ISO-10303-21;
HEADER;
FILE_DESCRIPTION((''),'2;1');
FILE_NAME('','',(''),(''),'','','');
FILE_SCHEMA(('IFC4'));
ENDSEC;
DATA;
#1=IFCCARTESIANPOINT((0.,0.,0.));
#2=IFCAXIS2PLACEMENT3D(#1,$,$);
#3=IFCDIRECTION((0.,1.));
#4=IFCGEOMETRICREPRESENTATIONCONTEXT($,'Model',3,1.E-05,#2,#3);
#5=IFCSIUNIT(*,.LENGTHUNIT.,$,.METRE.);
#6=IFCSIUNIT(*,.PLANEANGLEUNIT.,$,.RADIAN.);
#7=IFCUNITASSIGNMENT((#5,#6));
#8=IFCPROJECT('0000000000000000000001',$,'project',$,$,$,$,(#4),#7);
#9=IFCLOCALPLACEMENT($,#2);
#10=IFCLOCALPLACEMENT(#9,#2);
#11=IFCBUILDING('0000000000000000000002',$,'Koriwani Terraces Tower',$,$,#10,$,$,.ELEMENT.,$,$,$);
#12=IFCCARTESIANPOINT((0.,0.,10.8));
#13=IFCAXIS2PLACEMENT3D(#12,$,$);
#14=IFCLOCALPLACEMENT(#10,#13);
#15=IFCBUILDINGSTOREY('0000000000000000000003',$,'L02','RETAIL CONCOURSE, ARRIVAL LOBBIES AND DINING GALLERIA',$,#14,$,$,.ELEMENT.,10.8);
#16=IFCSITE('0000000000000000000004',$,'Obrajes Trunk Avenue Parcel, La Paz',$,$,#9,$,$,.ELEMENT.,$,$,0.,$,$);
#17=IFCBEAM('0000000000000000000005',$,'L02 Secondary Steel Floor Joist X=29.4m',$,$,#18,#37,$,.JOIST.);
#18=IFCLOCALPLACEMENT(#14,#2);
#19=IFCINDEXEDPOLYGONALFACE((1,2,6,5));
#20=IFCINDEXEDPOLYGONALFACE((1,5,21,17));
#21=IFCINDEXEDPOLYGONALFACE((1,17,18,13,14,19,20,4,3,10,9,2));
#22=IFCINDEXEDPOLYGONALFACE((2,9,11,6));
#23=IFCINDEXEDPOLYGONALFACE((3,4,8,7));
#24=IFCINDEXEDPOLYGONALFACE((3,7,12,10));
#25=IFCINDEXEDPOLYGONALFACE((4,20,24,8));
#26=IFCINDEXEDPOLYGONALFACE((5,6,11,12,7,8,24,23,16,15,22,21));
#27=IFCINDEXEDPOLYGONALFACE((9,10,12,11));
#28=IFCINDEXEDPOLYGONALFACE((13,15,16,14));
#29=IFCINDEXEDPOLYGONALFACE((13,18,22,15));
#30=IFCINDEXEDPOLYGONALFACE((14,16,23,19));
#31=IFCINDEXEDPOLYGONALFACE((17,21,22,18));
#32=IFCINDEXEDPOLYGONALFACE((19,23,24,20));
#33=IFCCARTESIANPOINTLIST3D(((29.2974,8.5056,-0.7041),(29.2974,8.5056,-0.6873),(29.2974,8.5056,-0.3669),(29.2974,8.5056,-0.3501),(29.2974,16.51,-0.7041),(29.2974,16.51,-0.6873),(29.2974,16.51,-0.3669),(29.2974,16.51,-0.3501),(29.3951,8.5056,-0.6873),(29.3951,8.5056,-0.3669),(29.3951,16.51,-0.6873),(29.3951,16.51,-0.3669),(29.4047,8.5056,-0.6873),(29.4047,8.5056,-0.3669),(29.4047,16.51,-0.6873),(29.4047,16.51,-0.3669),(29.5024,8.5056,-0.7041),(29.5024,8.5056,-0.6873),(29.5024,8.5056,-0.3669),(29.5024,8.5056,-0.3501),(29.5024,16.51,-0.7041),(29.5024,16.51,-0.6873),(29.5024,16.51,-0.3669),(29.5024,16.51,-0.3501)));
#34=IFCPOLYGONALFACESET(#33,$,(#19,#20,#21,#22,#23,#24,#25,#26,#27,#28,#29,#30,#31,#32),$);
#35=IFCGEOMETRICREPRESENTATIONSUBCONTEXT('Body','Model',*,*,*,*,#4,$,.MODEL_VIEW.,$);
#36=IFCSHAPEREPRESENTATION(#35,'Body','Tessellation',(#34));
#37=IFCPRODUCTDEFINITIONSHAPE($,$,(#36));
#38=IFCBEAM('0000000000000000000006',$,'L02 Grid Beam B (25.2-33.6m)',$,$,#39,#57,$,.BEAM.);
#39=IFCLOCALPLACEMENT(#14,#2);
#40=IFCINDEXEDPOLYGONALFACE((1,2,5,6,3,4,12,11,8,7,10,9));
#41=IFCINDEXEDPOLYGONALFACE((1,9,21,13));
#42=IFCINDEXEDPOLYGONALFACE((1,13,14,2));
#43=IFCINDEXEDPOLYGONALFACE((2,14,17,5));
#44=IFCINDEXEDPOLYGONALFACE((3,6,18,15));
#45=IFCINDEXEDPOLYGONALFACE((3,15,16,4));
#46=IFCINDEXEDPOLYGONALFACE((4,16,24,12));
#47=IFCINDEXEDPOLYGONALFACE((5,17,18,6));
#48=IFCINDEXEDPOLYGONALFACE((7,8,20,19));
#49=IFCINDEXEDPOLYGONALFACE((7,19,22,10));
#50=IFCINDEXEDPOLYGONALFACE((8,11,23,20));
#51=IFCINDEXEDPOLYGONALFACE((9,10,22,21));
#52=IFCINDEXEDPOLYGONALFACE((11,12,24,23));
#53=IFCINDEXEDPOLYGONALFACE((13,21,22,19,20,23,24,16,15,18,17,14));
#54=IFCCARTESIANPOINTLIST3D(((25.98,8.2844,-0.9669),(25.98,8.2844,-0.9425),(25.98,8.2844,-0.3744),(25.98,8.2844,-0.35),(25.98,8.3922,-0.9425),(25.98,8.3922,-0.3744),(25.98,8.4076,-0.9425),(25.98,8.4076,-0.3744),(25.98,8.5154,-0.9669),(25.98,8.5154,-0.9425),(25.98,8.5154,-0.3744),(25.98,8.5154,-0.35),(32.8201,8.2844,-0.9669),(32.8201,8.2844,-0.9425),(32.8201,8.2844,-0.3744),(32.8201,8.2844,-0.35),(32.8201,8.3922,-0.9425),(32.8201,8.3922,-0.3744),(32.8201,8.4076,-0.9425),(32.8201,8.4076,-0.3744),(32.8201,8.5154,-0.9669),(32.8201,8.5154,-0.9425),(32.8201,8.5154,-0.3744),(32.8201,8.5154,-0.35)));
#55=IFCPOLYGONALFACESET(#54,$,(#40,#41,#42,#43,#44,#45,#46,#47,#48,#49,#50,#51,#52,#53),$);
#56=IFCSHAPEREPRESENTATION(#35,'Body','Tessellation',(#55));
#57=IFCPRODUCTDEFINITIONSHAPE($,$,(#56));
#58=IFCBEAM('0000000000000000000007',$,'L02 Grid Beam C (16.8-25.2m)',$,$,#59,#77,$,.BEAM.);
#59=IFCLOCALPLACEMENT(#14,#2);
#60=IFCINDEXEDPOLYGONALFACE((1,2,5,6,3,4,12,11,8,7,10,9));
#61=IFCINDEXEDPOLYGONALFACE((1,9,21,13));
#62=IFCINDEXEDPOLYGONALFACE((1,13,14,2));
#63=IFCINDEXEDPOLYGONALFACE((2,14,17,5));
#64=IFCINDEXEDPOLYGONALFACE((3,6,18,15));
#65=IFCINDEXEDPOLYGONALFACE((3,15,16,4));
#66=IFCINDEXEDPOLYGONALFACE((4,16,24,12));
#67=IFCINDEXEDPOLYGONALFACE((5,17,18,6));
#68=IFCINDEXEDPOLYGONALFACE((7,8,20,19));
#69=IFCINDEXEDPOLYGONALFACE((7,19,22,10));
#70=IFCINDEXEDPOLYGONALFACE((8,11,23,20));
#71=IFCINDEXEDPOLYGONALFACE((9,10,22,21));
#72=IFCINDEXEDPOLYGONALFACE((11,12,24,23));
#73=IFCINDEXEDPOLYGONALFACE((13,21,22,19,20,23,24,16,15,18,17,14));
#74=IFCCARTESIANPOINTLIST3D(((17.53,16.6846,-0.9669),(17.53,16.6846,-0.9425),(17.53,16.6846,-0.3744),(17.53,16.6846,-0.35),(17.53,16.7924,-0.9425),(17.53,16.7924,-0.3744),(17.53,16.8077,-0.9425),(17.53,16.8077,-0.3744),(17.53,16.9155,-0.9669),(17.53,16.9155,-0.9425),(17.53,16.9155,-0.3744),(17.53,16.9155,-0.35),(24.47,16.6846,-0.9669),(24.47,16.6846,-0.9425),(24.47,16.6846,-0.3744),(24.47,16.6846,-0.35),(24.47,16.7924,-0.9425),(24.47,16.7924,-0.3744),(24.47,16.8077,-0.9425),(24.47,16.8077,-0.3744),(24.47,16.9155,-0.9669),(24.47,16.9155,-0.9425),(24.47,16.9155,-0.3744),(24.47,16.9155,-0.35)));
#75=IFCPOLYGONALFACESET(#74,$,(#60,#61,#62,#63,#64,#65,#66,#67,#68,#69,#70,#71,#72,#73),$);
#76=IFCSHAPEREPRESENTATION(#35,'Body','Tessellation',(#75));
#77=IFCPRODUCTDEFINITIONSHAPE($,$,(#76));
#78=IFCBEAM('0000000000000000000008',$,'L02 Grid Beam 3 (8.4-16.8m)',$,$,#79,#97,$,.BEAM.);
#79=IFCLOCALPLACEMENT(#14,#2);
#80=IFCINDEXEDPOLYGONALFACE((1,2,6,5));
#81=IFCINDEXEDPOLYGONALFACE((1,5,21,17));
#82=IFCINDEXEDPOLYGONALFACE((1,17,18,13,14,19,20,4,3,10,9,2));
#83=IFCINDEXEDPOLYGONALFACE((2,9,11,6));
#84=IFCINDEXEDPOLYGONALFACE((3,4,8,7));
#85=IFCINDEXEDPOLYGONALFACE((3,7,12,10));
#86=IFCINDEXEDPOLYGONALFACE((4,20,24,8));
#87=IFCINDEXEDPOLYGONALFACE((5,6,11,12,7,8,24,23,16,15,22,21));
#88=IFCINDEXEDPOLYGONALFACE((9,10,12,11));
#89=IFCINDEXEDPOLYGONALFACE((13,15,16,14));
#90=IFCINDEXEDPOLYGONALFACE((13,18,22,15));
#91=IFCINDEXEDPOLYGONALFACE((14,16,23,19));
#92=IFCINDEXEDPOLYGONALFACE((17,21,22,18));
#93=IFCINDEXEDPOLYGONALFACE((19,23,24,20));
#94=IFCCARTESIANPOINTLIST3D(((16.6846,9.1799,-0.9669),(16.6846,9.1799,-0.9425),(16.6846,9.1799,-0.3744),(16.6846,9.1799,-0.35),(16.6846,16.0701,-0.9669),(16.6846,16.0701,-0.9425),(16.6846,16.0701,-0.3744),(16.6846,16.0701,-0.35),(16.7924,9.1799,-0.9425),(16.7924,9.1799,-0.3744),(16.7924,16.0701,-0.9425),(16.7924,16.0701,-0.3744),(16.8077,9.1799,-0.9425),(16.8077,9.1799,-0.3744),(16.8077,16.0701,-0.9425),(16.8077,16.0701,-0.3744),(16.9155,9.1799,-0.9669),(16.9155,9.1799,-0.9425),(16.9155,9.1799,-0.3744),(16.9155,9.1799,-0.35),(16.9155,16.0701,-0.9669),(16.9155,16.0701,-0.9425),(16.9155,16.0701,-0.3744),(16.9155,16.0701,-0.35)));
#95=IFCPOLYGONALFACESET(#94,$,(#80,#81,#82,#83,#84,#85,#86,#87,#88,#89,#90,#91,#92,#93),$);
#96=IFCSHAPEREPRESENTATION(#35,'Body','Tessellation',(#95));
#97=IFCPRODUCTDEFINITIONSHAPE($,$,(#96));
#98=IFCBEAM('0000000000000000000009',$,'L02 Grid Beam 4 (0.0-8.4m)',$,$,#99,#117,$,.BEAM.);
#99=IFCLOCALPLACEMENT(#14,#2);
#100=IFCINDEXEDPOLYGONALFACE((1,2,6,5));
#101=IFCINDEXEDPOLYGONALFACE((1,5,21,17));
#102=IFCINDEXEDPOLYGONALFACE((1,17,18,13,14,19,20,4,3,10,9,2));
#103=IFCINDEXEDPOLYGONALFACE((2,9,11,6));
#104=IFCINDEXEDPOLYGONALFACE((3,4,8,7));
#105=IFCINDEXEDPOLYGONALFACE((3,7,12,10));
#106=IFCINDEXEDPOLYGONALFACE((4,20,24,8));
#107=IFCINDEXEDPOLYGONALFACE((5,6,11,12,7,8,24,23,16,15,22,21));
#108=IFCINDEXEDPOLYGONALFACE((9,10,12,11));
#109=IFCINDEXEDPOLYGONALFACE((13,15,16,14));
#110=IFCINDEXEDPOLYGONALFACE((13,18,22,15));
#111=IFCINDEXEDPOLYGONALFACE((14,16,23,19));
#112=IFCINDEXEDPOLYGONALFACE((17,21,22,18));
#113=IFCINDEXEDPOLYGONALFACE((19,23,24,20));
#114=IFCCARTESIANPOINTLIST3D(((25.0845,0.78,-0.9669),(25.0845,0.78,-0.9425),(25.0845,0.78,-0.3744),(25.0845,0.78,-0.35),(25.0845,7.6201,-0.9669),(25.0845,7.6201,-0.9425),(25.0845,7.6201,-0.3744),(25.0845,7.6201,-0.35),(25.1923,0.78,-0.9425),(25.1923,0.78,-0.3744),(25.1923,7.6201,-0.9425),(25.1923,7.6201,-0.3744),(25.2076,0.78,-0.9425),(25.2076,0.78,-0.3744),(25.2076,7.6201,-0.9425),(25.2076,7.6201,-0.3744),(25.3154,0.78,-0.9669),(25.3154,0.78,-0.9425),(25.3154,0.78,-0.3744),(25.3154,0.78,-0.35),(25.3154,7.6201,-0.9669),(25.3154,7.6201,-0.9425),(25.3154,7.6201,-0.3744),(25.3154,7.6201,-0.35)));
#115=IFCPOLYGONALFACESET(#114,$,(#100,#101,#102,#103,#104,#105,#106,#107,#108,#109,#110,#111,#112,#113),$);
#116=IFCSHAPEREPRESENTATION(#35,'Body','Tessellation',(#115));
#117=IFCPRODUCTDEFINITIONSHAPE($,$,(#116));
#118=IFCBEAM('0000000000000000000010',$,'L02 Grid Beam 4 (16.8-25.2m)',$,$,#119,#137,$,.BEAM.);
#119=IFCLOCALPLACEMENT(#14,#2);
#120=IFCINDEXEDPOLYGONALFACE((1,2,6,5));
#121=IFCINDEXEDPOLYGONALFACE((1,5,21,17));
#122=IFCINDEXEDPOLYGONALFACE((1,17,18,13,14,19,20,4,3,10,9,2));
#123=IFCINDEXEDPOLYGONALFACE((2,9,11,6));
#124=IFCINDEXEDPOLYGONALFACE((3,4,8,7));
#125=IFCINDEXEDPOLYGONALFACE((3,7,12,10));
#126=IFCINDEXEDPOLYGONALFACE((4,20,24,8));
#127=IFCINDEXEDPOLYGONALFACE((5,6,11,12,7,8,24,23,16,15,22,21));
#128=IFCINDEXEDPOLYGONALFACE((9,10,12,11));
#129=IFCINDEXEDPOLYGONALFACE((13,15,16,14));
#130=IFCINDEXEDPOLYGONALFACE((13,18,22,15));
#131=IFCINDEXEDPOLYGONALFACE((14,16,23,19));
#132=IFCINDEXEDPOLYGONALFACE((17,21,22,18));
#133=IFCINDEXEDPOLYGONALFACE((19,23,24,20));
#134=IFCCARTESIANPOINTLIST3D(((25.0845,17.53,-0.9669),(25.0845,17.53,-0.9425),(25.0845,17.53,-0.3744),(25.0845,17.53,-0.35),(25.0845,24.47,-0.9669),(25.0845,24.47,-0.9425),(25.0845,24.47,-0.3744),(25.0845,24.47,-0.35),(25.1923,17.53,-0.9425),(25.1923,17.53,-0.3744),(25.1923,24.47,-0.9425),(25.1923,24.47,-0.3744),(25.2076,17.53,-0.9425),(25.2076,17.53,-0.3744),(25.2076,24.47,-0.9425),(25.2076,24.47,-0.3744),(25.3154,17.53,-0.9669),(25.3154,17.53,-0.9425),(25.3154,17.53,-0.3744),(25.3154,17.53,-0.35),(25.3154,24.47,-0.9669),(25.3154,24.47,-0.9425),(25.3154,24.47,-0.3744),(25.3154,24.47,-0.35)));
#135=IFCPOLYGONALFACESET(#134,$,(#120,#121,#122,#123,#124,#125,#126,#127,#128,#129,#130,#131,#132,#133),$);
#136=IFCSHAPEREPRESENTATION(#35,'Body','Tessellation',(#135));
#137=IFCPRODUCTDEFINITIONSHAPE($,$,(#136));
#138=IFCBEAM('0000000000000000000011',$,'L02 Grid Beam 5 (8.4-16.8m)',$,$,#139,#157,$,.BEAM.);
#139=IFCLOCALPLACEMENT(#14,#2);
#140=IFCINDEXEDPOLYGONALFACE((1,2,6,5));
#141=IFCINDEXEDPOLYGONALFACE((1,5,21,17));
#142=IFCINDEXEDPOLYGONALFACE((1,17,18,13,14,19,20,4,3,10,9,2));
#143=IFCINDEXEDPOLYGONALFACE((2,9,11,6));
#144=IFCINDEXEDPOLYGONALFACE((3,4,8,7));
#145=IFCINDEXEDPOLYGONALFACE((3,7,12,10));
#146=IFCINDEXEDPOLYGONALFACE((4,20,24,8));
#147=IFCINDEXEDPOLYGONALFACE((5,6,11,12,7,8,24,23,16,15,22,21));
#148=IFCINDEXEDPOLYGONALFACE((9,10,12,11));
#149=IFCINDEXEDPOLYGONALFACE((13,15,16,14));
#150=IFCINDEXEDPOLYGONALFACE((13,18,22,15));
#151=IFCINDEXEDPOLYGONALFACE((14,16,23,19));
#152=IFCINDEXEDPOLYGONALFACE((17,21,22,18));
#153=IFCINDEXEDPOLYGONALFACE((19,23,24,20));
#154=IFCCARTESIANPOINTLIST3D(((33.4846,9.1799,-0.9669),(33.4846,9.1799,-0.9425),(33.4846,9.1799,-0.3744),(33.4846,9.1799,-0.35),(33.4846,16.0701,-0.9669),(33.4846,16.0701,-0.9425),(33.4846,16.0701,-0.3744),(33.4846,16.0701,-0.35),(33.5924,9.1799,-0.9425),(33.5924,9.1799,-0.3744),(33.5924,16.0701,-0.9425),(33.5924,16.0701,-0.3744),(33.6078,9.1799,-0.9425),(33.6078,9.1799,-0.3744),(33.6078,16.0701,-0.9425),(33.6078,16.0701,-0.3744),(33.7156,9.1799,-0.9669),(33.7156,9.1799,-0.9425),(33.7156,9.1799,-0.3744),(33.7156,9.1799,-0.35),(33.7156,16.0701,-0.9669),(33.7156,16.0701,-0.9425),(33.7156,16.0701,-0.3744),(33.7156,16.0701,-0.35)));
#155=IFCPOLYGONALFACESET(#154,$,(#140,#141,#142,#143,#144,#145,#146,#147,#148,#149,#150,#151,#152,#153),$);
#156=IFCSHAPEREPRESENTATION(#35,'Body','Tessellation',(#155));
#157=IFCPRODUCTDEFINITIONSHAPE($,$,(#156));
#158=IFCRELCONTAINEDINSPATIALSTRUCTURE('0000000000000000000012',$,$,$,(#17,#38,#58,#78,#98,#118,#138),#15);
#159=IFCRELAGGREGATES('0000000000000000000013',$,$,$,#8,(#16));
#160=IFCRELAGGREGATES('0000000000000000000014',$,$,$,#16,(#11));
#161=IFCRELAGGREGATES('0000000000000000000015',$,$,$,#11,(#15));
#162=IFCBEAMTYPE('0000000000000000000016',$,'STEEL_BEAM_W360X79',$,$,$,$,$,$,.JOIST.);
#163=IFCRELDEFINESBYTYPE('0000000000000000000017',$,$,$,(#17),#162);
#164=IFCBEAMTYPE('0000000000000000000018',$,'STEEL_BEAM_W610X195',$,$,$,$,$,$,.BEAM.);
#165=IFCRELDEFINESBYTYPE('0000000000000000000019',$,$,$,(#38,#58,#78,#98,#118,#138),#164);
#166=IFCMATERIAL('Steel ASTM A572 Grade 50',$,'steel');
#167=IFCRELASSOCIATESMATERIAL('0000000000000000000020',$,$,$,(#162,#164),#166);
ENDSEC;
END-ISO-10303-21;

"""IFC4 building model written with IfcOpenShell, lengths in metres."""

from ifc_helpers import new_model, si_unit, direction, frame, origin, origin_2d, place, context, subcontext, project, spatial, i_section, extrude, material, material_profile, profile_set, type_object, element, save


model = new_model("IFC4")

# Units and contexts
model_context = context("Model", 3, precision=1e-05, world=origin(), true_north=direction((0.0, 1.0)))
body_context = subcontext(model_context, "Body", "Model", "MODEL_VIEW")
ifc_project = project(units=[si_unit("LENGTHUNIT", "METRE"), si_unit("PLANEANGLEUNIT", "RADIAN")], contexts=[model_context])

# Site, building, storey
site_placement = place(None, origin())
site = spatial("IfcSite", under=ifc_project, at=site_placement, Name="Obrajes Trunk Avenue Parcel, La Paz", CompositionType="ELEMENT", RefElevation=0.0)
building_placement = place(site_placement, origin())
building = spatial("IfcBuilding", under=site, at=building_placement, Name="Koriwani Terraces Tower", CompositionType="ELEMENT")
storey_placement = place(building_placement, frame((0.0, 0.0, 10.8)))
storey = spatial("IfcBuildingStorey", under=building, at=storey_placement, Name="L02", Description="RETAIL CONCOURSE, ARRIVAL LOBBIES AND DINING GALLERIA", CompositionType="ELEMENT", Elevation=10.8)

# Beams
ifc_material_1 = material(Name="Steel ASTM A572 Grade 50", Category="steel")
ifc_material_profile_1 = material_profile(ifc_material_1, i_section(OverallWidth=0.2051, OverallDepth=0.354, WebThickness=0.0095, FlangeThickness=0.0168, at=origin_2d()), Name="Steel ASTM A572 Grade 50", Category="LoadBearing")
ifc_profile_set_1 = profile_set([ifc_material_profile_1], Name="Steel ASTM A572 Grade 50")
beam_type_1 = type_object("IfcBeamType", Name="STEEL_BEAM_W360X79", PredefinedType="JOIST", material=ifc_profile_set_1)
for number, where, z_axis, x_axis, name in (
    (1, (29.3999, 8.5056, -0.5271), (0.0, 1.0, 0.0), (-1.0, 0.0, 0.0), "L02 Secondary Steel Floor Joist X=29.4m"),
):
    element("IfcBeam", number, at=place(storey_placement, frame(where, z_axis=z_axis, x_axis=x_axis)), inside=storey, type_object=beam_type_1, Name=name, PredefinedType="JOIST", context=body_context, shape_type="SweptSolid", body=[
        extrude(i_section(OverallWidth=0.2051, OverallDepth=0.354, WebThickness=0.0095, FlangeThickness=0.0168, at=origin_2d()), origin(), (0.0, 0.0, 1.0), 8.0044),
    ])
ifc_material_profile_2 = material_profile(ifc_material_1, i_section(OverallWidth=0.231, OverallDepth=0.6169, WebThickness=0.0154, FlangeThickness=0.0244, at=origin_2d()), Name="Steel ASTM A572 Grade 50", Category="LoadBearing")
ifc_profile_set_2 = profile_set([ifc_material_profile_2], Name="Steel ASTM A572 Grade 50")
beam_type_2 = type_object("IfcBeamType", Name="STEEL_BEAM_W610X195", PredefinedType="BEAM", material=ifc_profile_set_2)
beam_1_placement = place(storey_placement, frame((25.98, 8.3999, -0.6584), z_axis=(1.0, 0.0, 0.0), x_axis=(0.0, 1.0, 0.0)))
element("IfcBeam", 2, at=beam_1_placement, inside=storey, type_object=beam_type_2, Name="L02 Grid Beam B (25.2-33.6m)", PredefinedType="BEAM", context=body_context, shape_type="SweptSolid", body=[
    extrude(i_section(OverallWidth=0.231, OverallDepth=0.6169, WebThickness=0.0154, FlangeThickness=0.0244, at=origin_2d()), origin(), (0.0, 0.0, 1.0), 6.8401),
])
beam_2_placement = place(storey_placement, frame((17.53, 16.8, -0.6584), z_axis=(1.0, 0.0, 0.0), x_axis=(0.0, 1.0, 0.0)))
element("IfcBeam", 3, at=beam_2_placement, inside=storey, type_object=beam_type_2, Name="L02 Grid Beam C (16.8-25.2m)", PredefinedType="BEAM", context=body_context, shape_type="SweptSolid", body=[
    extrude(i_section(OverallWidth=0.231, OverallDepth=0.6169, WebThickness=0.0154, FlangeThickness=0.0244, at=origin_2d()), origin(), (0.0, 0.0, 1.0), 6.9399),
])
beam_3_placement = place(storey_placement, frame((16.8, 9.1799, -0.6584), z_axis=(0.0, 1.0, 0.0), x_axis=(-1.0, 0.0, 0.0)))
element("IfcBeam", 4, at=beam_3_placement, inside=storey, type_object=beam_type_2, Name="L02 Grid Beam 3 (8.4-16.8m)", PredefinedType="BEAM", context=body_context, shape_type="SweptSolid", body=[
    extrude(i_section(OverallWidth=0.231, OverallDepth=0.6169, WebThickness=0.0154, FlangeThickness=0.0244, at=origin_2d()), origin(), (0.0, 0.0, 1.0), 6.8901),
])
beam_4_placement = place(storey_placement, frame((25.2, 0.78, -0.6584), z_axis=(0.0, 1.0, 0.0), x_axis=(-1.0, 0.0, 0.0)))
element("IfcBeam", 5, at=beam_4_placement, inside=storey, type_object=beam_type_2, Name="L02 Grid Beam 4 (0.0-8.4m)", PredefinedType="BEAM", context=body_context, shape_type="SweptSolid", body=[
    extrude(i_section(OverallWidth=0.231, OverallDepth=0.6169, WebThickness=0.0154, FlangeThickness=0.0244, at=origin_2d()), origin(), (0.0, 0.0, 1.0), 6.8401),
])
beam_5_placement = place(storey_placement, frame((25.2, 17.53, -0.6584), z_axis=(0.0, 1.0, 0.0), x_axis=(-1.0, 0.0, 0.0)))
element("IfcBeam", 6, at=beam_5_placement, inside=storey, type_object=beam_type_2, Name="L02 Grid Beam 4 (16.8-25.2m)", PredefinedType="BEAM", context=body_context, shape_type="SweptSolid", body=[
    extrude(i_section(OverallWidth=0.231, OverallDepth=0.6169, WebThickness=0.0154, FlangeThickness=0.0244, at=origin_2d()), origin(), (0.0, 0.0, 1.0), 6.9399),
])
beam_6_placement = place(storey_placement, frame((33.6001, 9.1799, -0.6584), z_axis=(0.0, 1.0, 0.0), x_axis=(-1.0, 0.0, 0.0)))
element("IfcBeam", 7, at=beam_6_placement, inside=storey, type_object=beam_type_2, Name="L02 Grid Beam 5 (8.4-16.8m)", PredefinedType="BEAM", context=body_context, shape_type="SweptSolid", body=[
    extrude(i_section(OverallWidth=0.231, OverallDepth=0.6169, WebThickness=0.0154, FlangeThickness=0.0244, at=origin_2d()), origin(), (0.0, 0.0, 1.0), 6.8901),
])

save(model, "model.ifc")
